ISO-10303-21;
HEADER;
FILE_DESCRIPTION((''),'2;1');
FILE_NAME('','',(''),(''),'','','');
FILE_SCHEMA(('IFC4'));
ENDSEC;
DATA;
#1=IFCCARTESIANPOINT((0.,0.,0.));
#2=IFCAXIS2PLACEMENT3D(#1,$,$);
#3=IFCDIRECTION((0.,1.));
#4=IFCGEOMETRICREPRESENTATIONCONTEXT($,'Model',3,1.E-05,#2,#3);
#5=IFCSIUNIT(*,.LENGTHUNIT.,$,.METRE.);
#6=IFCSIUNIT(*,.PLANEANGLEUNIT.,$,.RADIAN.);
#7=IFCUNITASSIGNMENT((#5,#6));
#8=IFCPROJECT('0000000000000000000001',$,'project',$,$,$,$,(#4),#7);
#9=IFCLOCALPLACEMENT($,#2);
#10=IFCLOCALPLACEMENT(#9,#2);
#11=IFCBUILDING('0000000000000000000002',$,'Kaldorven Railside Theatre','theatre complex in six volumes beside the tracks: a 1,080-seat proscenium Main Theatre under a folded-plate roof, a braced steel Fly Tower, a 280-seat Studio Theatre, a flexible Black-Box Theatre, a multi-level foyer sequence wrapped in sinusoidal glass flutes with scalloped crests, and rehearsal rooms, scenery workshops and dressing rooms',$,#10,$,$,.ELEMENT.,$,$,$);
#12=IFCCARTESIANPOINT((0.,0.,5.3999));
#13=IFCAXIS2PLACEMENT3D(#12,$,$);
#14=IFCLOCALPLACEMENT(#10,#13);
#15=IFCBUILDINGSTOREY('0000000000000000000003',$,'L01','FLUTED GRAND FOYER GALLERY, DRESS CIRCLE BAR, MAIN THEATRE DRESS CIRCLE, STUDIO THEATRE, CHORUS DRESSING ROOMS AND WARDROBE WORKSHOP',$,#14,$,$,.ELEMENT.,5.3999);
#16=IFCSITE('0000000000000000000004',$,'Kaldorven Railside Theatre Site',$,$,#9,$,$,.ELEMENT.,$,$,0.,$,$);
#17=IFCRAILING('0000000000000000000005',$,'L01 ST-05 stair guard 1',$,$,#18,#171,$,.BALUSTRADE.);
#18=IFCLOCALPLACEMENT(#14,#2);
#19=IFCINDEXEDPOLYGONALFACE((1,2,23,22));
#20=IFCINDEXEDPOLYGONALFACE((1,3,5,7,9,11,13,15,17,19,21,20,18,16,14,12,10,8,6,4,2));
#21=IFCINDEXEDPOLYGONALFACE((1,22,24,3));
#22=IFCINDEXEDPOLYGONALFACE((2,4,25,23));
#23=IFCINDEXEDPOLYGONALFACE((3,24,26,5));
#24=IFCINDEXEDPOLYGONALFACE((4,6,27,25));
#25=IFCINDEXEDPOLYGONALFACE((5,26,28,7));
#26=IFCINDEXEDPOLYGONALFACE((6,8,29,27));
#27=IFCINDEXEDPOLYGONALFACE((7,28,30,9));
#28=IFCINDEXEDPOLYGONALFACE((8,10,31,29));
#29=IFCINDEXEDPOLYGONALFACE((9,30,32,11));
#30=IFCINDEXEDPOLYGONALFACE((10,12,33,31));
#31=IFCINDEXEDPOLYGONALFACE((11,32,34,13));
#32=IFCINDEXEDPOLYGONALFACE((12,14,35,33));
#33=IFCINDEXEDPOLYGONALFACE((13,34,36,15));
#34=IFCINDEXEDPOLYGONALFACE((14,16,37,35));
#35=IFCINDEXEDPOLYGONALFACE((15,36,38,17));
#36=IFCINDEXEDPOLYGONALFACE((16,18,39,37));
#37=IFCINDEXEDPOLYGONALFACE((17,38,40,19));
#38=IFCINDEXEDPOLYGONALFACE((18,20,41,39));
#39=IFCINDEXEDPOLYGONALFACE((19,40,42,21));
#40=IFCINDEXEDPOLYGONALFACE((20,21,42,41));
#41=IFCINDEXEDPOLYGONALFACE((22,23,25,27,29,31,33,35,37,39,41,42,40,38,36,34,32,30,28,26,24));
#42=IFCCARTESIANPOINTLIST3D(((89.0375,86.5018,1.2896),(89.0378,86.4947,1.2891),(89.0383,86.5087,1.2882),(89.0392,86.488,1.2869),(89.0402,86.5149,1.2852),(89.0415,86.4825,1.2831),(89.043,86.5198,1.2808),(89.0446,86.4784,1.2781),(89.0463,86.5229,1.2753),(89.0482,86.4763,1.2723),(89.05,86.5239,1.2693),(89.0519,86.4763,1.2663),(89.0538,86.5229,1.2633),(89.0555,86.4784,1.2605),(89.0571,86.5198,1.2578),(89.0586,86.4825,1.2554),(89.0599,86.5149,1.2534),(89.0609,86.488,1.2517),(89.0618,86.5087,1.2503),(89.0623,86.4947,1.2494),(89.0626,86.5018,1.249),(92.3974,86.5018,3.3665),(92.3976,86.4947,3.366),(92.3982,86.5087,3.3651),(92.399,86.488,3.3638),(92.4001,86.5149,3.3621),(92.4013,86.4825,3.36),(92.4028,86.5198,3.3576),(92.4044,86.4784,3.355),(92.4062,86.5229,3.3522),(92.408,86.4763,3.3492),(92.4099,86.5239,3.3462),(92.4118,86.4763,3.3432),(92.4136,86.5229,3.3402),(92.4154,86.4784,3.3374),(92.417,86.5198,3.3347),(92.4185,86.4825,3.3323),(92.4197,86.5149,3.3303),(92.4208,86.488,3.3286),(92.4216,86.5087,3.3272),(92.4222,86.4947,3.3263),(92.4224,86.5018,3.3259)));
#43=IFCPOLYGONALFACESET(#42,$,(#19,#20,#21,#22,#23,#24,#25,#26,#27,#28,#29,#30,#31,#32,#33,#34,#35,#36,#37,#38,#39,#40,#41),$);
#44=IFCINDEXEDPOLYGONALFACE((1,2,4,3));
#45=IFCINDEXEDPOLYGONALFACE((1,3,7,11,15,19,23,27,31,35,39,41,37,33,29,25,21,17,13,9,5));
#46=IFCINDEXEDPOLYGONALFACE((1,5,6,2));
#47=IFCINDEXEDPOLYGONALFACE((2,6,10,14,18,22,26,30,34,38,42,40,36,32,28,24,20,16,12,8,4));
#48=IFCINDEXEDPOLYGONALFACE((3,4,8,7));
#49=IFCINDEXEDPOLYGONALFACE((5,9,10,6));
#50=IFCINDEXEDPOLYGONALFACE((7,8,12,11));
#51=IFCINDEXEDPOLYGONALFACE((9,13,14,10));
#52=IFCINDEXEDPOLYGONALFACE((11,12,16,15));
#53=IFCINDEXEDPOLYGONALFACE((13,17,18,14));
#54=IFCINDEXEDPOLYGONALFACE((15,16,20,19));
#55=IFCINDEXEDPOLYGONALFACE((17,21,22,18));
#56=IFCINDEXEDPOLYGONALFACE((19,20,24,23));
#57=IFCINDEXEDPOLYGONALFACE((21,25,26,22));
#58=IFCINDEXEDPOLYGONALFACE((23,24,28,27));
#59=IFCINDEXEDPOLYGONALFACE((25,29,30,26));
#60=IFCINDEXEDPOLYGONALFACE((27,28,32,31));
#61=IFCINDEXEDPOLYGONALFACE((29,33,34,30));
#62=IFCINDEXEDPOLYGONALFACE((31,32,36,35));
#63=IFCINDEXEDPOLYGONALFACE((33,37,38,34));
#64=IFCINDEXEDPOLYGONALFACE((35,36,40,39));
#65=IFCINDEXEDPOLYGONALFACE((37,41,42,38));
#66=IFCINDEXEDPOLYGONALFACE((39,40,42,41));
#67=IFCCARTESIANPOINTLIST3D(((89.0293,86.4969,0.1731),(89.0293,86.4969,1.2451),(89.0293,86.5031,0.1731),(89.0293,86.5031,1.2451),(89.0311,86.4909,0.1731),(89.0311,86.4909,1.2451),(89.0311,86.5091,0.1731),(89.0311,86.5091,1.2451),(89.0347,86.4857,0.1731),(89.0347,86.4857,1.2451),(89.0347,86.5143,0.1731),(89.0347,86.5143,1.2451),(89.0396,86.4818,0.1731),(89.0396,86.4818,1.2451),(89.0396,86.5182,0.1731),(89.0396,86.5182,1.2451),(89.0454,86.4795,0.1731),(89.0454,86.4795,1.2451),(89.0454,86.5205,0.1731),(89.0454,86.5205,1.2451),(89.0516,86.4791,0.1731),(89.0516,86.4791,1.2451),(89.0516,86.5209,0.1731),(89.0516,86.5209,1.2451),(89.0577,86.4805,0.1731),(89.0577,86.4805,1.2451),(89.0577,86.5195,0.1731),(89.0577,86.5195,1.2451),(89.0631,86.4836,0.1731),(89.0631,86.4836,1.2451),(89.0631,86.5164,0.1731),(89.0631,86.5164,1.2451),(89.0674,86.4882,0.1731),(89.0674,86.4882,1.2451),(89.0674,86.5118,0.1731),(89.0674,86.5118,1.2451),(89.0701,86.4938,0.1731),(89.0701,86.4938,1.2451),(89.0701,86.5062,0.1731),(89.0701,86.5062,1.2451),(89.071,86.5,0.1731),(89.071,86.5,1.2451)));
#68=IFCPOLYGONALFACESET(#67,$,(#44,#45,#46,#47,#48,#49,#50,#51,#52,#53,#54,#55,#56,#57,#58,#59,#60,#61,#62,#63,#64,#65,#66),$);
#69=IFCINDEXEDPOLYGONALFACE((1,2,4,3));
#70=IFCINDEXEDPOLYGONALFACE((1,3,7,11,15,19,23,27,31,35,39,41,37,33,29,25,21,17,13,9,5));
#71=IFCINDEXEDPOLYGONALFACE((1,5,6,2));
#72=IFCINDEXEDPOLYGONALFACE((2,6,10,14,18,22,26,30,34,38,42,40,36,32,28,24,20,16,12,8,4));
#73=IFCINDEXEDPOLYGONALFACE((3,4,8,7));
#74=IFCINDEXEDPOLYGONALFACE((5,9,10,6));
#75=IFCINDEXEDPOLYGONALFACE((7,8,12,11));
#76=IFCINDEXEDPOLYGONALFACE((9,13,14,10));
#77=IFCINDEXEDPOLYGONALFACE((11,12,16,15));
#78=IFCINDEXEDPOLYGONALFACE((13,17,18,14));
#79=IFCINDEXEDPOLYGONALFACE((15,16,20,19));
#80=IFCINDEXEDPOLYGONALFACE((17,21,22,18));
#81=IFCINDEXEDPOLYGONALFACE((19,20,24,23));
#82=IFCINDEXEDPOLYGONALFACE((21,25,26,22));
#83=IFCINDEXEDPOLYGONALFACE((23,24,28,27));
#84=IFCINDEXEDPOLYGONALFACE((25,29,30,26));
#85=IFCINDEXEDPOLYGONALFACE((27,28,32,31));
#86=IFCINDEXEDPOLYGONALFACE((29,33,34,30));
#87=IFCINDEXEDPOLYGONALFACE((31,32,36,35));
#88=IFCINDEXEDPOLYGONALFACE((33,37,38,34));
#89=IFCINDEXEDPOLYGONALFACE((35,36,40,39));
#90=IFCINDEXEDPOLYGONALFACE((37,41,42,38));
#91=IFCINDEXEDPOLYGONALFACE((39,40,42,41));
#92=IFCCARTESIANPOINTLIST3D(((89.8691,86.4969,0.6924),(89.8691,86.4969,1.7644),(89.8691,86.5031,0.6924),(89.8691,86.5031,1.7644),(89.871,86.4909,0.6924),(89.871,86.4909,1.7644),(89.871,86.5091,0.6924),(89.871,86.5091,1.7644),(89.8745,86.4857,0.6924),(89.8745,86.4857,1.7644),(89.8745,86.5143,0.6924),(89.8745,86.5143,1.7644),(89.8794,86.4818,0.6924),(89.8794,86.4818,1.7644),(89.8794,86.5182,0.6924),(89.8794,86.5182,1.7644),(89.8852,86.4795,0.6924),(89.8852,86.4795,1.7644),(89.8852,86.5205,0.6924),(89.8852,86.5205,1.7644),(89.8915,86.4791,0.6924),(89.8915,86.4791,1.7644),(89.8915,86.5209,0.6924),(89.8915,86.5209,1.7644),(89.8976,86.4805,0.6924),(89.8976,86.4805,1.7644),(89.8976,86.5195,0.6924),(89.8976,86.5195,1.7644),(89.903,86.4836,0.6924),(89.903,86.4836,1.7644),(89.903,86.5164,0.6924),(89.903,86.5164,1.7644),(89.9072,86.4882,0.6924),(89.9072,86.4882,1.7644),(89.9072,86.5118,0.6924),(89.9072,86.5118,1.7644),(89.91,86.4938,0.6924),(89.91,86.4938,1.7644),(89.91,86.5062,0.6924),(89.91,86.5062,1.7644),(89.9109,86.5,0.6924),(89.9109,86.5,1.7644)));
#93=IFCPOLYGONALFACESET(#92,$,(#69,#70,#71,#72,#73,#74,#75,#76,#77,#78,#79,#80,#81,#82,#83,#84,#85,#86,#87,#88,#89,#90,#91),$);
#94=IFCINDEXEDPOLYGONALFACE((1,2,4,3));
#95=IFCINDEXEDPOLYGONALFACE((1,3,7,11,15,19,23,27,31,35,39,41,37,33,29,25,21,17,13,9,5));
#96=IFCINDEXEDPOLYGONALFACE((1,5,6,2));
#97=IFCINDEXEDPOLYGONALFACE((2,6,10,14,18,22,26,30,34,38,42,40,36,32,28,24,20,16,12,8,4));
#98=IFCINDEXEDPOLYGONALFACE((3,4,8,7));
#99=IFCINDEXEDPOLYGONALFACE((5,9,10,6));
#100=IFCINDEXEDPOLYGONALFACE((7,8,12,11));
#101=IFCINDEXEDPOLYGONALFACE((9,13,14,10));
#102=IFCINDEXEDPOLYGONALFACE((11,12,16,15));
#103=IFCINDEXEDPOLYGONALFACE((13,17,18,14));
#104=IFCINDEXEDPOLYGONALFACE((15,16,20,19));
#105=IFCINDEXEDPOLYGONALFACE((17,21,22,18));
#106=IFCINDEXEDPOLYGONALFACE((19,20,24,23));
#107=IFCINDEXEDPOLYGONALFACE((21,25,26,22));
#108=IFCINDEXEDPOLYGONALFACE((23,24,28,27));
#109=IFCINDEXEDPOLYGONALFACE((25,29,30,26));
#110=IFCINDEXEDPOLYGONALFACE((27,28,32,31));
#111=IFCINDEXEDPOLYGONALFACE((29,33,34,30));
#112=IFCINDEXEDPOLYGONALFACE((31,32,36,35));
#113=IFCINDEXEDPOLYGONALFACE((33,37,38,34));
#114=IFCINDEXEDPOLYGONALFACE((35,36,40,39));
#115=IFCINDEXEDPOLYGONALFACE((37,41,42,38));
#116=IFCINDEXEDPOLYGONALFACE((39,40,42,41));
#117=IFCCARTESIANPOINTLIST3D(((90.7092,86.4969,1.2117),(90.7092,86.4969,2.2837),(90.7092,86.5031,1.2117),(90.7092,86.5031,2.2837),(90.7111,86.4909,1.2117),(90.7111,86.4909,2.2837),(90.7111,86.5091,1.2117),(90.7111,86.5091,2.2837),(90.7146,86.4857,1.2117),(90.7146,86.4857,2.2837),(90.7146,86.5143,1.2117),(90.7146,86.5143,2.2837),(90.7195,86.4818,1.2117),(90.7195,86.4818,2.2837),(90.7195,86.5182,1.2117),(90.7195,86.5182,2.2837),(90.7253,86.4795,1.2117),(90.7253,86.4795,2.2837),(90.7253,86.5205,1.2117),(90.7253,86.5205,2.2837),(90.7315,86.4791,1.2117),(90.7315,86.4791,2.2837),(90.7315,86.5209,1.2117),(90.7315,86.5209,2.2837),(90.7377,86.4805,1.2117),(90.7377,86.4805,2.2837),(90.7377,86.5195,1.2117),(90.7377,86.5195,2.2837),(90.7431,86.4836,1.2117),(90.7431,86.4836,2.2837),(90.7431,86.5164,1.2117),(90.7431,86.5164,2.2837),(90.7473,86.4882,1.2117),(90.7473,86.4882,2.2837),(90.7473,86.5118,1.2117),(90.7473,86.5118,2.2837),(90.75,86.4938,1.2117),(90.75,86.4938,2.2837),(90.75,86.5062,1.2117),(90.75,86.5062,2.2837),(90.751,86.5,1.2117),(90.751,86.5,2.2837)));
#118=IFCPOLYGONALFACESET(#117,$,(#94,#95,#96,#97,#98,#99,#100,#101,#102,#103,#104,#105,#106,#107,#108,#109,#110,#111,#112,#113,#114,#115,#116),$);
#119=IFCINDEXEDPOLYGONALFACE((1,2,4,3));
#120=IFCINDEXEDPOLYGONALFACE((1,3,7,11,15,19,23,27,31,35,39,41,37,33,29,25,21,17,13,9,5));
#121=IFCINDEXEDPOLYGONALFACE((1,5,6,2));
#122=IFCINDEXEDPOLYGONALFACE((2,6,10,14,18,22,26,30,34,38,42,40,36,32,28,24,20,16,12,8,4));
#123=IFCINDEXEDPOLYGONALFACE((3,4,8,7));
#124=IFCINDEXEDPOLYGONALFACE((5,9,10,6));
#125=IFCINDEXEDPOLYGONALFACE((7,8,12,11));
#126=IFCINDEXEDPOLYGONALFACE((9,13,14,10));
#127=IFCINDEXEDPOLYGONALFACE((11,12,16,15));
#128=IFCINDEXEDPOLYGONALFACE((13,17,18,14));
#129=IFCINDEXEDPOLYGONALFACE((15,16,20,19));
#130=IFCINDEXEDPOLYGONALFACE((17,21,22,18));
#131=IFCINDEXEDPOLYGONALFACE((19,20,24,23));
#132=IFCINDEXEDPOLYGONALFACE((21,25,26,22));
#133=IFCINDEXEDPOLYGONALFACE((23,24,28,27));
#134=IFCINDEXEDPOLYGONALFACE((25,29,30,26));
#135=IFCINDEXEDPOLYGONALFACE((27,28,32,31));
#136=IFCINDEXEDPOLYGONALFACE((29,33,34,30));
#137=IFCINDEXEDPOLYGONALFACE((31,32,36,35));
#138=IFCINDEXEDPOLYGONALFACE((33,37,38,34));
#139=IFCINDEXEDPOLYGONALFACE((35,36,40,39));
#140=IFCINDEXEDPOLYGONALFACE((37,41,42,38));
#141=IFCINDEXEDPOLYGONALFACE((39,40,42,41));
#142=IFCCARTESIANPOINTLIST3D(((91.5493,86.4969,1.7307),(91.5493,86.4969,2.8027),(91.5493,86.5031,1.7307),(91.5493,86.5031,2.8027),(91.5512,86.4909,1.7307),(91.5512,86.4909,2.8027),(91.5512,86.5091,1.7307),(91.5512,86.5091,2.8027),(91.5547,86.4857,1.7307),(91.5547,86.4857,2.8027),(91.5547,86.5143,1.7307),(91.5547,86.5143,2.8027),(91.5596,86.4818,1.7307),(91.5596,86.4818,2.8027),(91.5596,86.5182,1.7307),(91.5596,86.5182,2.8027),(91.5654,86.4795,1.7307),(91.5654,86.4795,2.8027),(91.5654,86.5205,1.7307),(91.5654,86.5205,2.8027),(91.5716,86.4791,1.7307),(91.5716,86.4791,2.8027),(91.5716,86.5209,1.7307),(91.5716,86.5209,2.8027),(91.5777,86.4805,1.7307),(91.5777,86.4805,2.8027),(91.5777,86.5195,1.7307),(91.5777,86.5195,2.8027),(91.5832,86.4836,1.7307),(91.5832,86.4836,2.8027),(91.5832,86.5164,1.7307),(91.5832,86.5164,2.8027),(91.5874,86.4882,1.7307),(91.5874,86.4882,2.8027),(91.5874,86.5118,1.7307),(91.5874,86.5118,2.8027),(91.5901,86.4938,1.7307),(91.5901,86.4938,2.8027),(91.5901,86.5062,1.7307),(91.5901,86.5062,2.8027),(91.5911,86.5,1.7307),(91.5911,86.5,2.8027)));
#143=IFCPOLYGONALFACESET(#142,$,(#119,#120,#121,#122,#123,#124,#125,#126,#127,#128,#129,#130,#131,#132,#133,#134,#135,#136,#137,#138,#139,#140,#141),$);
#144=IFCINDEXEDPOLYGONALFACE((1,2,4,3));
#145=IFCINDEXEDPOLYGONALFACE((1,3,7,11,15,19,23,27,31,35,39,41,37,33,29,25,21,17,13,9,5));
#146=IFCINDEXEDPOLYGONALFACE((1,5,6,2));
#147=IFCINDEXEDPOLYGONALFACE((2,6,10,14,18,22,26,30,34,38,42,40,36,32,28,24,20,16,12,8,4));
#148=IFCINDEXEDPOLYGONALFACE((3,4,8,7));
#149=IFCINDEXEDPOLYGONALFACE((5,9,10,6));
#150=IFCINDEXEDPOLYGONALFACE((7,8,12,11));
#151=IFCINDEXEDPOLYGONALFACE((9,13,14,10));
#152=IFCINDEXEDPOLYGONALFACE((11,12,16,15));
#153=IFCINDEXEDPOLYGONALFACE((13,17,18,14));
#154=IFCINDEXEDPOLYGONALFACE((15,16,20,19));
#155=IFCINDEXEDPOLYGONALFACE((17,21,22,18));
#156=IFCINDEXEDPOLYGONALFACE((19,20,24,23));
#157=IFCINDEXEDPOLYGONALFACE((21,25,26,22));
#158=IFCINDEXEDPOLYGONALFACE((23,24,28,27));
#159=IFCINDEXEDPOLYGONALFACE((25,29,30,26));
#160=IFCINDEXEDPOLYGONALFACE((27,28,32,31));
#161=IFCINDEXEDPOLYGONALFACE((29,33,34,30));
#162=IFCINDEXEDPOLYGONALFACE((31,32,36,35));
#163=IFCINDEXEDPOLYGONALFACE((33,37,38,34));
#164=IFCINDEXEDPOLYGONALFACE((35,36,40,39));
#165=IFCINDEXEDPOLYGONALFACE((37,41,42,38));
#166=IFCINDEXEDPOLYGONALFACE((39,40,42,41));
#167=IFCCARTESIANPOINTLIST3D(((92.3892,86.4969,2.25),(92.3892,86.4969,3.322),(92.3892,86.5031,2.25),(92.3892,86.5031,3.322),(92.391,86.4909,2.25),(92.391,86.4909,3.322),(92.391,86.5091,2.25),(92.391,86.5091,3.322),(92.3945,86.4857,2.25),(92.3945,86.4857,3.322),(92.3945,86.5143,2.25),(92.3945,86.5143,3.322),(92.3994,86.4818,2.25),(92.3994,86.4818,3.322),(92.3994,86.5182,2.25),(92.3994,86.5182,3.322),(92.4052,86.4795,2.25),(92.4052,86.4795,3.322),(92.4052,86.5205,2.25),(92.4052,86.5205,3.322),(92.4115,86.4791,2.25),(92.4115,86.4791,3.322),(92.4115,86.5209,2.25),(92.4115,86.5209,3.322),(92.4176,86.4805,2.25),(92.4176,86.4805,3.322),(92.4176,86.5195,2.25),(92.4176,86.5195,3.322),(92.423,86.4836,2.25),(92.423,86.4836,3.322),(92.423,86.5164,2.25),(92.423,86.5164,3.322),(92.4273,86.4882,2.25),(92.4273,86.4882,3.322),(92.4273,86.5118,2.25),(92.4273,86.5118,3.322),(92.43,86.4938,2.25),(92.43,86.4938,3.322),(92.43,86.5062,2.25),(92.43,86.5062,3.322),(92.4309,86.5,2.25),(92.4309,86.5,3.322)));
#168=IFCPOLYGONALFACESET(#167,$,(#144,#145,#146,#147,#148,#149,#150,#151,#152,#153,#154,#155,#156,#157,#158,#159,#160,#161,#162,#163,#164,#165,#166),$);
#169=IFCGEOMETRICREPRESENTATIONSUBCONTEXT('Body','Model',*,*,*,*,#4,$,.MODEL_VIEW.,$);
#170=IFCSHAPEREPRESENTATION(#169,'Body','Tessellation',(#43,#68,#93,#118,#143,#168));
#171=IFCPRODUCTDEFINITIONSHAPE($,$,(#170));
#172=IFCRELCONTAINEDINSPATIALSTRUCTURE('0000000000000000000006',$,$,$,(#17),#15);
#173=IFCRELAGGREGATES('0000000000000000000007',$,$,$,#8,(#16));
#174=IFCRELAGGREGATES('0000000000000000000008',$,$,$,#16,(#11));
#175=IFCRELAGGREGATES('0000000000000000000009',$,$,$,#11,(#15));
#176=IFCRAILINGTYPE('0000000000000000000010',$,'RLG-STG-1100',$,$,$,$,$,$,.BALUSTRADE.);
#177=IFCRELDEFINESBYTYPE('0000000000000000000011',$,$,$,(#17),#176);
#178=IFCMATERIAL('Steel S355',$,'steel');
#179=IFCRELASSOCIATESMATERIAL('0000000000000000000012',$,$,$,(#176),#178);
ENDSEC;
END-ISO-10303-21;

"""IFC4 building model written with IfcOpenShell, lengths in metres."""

from ifc_helpers import new_model, si_unit, direction, frame, origin, origin_2d, place, context, subcontext, project, spatial, circle, extrude, material, type_object, element, save


model = new_model("IFC4")

# Units and contexts
model_context = context("Model", 3, precision=1e-05, world=origin(), true_north=direction((0.0, 1.0)))
body_context = subcontext(model_context, "Body", "Model", "MODEL_VIEW")
ifc_project = project(units=[si_unit("LENGTHUNIT", "METRE"), si_unit("PLANEANGLEUNIT", "RADIAN")], contexts=[model_context])

# Site, building, storey
site_placement = place(None, origin())
site = spatial("IfcSite", under=ifc_project, at=site_placement, Name="Kaldorven Railside Theatre Site", CompositionType="ELEMENT", RefElevation=0.0)
building_placement = place(site_placement, origin())
building = spatial("IfcBuilding", under=site, at=building_placement, Name="Kaldorven Railside Theatre", Description="theatre complex in six volumes beside the tracks: a 1,080-seat proscenium Main Theatre under a folded-plate roof, a braced steel Fly Tower, a 280-seat Studio Theatre, a flexible Black-Box Theatre, a multi-level foyer sequence wrapped in sinusoidal glass flutes with scalloped crests, and rehearsal rooms, scenery workshops and dressing rooms", CompositionType="ELEMENT")
storey_placement = place(building_placement, frame((0.0, 0.0, 5.3999)))
storey = spatial("IfcBuildingStorey", under=building, at=storey_placement, Name="L01", Description="FLUTED GRAND FOYER GALLERY, DRESS CIRCLE BAR, MAIN THEATRE DRESS CIRCLE, STUDIO THEATRE, CHORUS DRESSING ROOMS AND WARDROBE WORKSHOP", CompositionType="ELEMENT", Elevation=5.3999)

# Shared definitions
ifc_material_1 = material(Name="Steel S355", Category="steel")

# Railing
railing_type_1 = type_object("IfcRailingType", Name="RLG-STG-1100", PredefinedType="BALUSTRADE", material=ifc_material_1)
railing_1_placement = place(storey_placement, frame((89.05, 86.5, 0.1731)))
element("IfcRailing", 1, at=railing_1_placement, inside=storey, type_object=railing_type_1, Name="L01 ST-05 stair guard 1", PredefinedType="BALUSTRADE", context=body_context, shape_type="SweptSolid", body=[
    extrude(circle(Radius=0.0239, at=origin_2d()), frame((0.0, 0.0, 1.0962), z_axis=(0.850606, 0.0, 0.525803), x_axis=(0.0, 1.0, 0.0)), (0.0, 0.0, 1.0), 3.95),
    extrude(circle(Radius=0.021, at=origin_2d()), origin(), (0.0, 0.0, 1.0), 1.072),
    extrude(circle(Radius=0.021, at=origin_2d()), frame((0.8398, 0.0, 0.5193)), (0.0, 0.0, 1.0), 1.072),
    extrude(circle(Radius=0.021, at=origin_2d()), frame((1.6799, 0.0, 1.0386)), (0.0, 0.0, 1.0), 1.072),
    extrude(circle(Radius=0.021, at=origin_2d()), frame((2.52, 0.0, 1.5576)), (0.0, 0.0, 1.0), 1.072),
    extrude(circle(Radius=0.021, at=origin_2d()), frame((3.3599, 0.0, 2.0769)), (0.0, 0.0, 1.0), 1.072),
])

save(model, "model.ifc")
